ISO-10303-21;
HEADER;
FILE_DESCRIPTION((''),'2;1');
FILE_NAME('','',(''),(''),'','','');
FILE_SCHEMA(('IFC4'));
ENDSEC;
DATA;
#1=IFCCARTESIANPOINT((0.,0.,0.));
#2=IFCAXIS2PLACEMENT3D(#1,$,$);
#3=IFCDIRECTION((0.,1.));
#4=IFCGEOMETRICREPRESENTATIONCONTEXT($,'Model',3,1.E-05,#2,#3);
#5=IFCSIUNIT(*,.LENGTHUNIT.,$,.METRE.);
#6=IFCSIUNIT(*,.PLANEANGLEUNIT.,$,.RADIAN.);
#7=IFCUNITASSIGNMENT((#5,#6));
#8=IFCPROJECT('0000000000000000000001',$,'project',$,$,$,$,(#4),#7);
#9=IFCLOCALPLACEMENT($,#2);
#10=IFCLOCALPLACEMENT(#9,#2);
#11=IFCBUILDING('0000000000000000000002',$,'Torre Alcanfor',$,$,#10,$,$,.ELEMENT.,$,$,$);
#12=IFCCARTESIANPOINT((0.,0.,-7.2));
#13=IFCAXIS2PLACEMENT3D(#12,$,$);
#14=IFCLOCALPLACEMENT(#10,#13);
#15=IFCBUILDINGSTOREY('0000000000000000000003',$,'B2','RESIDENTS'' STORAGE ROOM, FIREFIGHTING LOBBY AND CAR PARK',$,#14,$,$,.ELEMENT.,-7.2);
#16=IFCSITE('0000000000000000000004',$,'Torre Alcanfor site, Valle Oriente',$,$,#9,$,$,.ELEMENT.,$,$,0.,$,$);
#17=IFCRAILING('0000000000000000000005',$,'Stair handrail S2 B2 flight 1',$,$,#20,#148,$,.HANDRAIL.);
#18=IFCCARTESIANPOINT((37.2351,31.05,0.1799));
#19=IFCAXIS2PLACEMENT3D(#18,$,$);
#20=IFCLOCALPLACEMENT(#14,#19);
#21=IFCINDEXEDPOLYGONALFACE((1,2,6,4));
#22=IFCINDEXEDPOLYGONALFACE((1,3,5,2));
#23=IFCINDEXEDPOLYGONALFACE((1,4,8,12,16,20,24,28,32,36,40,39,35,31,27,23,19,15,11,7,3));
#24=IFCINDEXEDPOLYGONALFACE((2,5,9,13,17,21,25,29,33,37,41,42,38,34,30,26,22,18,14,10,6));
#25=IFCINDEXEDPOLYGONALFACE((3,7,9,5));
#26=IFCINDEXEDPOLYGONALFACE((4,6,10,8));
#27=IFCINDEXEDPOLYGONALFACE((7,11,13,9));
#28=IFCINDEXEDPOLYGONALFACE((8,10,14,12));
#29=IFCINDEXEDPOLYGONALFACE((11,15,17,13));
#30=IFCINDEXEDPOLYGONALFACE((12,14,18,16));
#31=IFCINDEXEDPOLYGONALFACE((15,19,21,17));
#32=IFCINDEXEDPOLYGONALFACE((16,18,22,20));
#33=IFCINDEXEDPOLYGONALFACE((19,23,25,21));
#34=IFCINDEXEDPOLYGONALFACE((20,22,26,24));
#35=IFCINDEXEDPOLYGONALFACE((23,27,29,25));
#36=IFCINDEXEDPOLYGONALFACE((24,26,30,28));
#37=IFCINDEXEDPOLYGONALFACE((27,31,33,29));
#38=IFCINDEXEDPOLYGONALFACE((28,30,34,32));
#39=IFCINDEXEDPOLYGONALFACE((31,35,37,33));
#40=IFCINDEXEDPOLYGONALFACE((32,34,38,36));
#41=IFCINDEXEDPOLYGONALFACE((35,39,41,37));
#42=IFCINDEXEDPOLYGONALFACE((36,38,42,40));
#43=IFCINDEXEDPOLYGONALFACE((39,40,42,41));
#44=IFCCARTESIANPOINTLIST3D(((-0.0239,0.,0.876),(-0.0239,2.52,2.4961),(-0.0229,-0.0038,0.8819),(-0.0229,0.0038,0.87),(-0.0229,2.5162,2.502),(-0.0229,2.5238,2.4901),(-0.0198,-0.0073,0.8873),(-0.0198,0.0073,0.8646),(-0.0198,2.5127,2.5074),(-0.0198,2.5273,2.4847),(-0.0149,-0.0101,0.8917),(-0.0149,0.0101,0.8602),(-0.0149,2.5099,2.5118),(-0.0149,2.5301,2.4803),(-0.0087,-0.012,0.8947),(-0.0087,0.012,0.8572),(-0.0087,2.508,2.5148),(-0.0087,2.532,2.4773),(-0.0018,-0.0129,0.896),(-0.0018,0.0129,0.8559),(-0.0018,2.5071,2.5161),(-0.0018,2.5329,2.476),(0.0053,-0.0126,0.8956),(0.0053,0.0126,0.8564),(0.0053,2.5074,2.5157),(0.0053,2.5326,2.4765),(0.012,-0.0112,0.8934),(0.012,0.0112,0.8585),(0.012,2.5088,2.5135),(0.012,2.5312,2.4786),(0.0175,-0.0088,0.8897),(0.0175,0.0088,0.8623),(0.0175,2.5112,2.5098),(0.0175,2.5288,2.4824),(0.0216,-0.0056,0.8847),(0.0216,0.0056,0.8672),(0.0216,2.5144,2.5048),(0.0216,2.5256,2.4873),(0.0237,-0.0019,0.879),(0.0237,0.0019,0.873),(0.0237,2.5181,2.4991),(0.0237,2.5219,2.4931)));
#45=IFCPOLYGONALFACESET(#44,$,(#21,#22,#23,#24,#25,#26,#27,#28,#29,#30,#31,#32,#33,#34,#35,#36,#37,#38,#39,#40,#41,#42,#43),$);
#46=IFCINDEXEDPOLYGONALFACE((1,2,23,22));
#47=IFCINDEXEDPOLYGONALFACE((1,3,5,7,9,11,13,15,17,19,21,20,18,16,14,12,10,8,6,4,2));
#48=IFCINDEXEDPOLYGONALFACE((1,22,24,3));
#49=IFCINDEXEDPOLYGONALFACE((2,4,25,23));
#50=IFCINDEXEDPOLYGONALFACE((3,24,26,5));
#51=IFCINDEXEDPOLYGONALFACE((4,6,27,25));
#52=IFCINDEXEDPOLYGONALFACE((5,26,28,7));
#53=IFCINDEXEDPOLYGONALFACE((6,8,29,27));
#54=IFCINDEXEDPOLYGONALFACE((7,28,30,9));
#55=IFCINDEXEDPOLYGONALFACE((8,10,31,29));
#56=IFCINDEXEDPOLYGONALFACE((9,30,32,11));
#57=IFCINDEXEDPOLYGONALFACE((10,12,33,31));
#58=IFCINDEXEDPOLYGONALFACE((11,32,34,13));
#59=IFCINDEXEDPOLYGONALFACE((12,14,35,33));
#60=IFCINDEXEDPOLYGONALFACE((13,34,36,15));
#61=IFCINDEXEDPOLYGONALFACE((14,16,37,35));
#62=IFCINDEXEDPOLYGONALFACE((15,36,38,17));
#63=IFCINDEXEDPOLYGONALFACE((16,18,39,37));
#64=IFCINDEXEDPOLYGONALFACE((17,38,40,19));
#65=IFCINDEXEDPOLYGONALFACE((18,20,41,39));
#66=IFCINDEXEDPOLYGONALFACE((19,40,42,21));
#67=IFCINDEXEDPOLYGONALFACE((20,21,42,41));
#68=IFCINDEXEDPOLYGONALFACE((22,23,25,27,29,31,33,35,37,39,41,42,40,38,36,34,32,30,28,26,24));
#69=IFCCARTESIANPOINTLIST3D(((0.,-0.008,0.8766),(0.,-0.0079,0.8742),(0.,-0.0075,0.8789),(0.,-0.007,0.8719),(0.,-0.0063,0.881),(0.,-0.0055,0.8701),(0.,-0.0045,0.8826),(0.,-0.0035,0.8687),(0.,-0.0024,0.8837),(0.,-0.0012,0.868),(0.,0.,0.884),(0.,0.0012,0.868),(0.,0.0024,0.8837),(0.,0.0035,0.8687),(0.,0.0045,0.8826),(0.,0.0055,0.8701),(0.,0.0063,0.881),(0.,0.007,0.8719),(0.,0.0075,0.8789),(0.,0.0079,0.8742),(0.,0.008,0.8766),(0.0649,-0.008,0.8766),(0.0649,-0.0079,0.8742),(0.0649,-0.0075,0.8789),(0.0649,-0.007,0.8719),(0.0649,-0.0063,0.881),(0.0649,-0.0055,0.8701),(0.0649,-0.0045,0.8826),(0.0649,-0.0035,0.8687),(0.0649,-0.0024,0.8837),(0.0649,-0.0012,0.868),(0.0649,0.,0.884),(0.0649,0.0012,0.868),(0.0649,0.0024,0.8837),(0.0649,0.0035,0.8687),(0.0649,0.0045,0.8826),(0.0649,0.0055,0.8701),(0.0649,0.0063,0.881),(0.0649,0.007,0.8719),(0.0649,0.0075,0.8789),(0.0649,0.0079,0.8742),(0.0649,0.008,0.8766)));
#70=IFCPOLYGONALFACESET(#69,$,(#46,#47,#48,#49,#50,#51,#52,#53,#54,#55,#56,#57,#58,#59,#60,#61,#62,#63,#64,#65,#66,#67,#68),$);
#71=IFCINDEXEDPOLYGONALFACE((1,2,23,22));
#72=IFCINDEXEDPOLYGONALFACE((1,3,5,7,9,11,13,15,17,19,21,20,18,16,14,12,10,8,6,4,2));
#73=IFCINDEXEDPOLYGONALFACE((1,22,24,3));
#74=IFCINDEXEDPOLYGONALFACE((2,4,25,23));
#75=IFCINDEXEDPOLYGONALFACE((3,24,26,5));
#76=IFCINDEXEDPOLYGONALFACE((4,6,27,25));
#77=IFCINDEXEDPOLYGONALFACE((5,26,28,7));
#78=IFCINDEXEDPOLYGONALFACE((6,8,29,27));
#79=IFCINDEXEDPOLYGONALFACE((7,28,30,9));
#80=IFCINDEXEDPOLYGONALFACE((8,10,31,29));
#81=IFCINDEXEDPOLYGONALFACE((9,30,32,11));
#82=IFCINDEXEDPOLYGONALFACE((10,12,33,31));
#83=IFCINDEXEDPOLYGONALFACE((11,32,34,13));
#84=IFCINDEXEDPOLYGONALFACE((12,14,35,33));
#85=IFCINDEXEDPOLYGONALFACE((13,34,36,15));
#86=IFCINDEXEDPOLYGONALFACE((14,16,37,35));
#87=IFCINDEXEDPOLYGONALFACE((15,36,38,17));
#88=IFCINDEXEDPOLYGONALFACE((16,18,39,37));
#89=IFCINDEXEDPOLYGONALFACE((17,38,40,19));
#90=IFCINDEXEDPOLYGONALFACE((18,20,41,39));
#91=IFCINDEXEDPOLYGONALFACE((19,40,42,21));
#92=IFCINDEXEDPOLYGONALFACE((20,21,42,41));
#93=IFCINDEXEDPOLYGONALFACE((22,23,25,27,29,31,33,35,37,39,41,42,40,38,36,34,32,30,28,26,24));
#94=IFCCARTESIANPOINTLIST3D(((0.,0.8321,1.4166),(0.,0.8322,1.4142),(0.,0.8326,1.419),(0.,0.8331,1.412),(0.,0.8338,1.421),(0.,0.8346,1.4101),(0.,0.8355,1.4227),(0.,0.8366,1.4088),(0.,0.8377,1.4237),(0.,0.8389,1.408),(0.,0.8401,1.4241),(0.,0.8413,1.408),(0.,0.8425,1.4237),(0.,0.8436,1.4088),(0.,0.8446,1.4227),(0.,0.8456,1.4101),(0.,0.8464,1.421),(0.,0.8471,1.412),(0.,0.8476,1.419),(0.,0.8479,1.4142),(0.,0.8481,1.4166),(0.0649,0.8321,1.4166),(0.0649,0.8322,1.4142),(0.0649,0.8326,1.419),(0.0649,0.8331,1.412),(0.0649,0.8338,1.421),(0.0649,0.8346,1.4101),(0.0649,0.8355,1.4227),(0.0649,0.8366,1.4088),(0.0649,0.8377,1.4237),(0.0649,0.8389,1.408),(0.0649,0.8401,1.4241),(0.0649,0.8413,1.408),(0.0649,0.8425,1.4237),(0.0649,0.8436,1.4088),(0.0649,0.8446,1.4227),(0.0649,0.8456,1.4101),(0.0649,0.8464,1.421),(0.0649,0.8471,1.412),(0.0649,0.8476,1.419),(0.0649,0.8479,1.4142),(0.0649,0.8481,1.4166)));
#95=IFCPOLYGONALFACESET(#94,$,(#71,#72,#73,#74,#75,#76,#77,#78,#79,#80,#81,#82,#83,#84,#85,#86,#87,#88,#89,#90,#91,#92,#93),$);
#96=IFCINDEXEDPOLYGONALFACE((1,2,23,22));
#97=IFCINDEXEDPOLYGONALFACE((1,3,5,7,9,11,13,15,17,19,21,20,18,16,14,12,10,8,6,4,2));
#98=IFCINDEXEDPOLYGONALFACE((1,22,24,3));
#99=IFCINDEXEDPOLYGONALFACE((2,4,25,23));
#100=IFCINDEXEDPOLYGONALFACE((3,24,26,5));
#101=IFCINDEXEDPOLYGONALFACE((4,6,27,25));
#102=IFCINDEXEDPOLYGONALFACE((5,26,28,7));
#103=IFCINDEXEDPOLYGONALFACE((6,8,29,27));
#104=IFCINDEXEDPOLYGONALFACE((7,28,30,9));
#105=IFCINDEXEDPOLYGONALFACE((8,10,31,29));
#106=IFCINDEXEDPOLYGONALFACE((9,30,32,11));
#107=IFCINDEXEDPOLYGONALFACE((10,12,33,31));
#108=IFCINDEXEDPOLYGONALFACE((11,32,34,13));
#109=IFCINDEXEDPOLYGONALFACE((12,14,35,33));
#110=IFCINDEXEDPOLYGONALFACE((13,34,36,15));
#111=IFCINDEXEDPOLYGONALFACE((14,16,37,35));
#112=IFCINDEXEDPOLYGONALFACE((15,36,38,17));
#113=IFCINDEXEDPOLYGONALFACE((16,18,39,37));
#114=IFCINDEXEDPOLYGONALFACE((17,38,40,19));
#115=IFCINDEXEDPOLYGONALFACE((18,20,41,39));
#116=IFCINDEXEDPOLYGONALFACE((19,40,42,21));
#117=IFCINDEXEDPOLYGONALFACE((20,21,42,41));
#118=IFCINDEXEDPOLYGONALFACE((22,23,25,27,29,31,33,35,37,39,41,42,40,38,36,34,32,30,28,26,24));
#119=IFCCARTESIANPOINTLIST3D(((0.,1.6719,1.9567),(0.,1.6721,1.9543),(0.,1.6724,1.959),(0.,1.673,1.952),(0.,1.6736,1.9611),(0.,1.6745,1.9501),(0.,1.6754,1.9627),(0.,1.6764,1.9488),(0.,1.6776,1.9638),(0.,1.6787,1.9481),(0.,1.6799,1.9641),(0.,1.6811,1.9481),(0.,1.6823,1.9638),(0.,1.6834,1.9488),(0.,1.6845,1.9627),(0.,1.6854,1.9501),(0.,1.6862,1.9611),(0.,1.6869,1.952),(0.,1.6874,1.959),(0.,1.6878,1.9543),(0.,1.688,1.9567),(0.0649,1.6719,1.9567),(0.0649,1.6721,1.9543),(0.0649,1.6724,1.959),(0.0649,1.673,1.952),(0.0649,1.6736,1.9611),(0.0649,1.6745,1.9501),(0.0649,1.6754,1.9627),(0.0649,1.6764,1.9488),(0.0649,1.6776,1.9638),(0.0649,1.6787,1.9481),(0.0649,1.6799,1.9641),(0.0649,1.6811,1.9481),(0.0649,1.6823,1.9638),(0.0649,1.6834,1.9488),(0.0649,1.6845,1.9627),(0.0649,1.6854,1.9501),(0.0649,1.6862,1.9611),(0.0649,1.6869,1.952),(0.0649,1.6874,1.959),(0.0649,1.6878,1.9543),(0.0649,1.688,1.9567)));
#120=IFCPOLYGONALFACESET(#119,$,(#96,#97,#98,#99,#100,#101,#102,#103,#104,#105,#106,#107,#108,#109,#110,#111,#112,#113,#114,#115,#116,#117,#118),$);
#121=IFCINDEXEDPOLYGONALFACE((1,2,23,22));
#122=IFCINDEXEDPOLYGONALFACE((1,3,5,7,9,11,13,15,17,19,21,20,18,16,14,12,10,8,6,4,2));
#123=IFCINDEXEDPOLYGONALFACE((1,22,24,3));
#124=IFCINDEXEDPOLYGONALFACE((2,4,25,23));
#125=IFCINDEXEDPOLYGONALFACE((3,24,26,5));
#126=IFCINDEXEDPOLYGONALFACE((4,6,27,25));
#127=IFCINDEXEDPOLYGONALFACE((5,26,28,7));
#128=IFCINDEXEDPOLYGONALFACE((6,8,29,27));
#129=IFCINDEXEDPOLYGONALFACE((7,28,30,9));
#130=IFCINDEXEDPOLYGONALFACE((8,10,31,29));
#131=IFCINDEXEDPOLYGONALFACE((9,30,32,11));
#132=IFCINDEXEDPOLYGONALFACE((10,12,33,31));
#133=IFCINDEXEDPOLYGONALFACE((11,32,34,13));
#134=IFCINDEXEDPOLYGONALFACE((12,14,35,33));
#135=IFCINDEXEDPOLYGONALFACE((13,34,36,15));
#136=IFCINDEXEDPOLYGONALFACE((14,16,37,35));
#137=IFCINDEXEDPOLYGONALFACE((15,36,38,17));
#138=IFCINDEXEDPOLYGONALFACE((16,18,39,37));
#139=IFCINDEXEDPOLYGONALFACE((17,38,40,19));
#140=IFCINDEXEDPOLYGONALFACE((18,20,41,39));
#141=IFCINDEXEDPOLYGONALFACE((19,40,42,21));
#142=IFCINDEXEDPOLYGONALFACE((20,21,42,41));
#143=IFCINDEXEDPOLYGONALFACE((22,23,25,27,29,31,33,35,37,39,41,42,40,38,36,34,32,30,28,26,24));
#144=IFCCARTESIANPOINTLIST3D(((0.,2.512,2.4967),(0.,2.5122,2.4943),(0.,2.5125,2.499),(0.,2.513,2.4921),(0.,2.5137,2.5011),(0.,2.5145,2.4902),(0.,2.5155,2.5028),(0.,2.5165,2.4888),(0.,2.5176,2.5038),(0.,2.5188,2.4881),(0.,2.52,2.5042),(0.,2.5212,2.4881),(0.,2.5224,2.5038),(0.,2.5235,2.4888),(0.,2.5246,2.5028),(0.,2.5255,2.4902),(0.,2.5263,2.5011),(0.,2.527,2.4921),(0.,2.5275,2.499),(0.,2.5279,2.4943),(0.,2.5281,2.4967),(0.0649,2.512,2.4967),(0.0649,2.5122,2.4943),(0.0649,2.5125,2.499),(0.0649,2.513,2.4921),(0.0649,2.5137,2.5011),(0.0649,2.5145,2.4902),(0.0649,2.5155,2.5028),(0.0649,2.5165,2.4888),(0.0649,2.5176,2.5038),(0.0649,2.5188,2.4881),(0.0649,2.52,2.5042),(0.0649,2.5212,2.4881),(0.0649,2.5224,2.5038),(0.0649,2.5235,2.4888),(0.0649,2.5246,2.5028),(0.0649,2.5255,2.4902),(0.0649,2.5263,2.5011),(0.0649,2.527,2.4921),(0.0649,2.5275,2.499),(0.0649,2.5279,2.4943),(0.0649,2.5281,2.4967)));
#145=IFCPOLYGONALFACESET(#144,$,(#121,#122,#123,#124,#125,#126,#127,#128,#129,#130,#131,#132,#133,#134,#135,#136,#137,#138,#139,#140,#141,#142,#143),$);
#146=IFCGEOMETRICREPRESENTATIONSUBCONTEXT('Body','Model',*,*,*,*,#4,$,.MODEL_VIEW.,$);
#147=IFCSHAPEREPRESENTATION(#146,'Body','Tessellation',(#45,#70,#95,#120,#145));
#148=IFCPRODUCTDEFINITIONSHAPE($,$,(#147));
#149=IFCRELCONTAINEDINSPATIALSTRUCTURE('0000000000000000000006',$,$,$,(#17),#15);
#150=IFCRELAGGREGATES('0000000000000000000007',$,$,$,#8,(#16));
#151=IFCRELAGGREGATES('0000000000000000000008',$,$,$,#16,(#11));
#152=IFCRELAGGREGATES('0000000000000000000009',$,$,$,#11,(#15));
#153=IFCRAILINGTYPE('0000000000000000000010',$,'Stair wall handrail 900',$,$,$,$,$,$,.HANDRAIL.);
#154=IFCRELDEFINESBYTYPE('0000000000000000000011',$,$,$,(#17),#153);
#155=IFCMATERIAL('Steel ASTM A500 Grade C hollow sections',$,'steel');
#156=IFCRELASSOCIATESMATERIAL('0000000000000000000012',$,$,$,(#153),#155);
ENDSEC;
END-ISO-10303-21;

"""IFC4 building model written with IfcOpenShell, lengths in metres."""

from ifc_helpers import new_model, si_unit, direction, frame, origin, origin_2d, place, context, subcontext, project, spatial, circle, extrude, material, type_object, element, save


model = new_model("IFC4")

# Units and contexts
model_context = context("Model", 3, precision=1e-05, world=origin(), true_north=direction((0.0, 1.0)))
body_context = subcontext(model_context, "Body", "Model", "MODEL_VIEW")
ifc_project = project(units=[si_unit("LENGTHUNIT", "METRE"), si_unit("PLANEANGLEUNIT", "RADIAN")], contexts=[model_context])

# Site, building, storey
site_placement = place(None, origin())
site = spatial("IfcSite", under=ifc_project, at=site_placement, Name="Torre Alcanfor site, Valle Oriente", CompositionType="ELEMENT", RefElevation=0.0)
building_placement = place(site_placement, origin())
building = spatial("IfcBuilding", under=site, at=building_placement, Name="Torre Alcanfor", CompositionType="ELEMENT")
storey_placement = place(building_placement, frame((0.0, 0.0, -7.2)))
storey = spatial("IfcBuildingStorey", under=building, at=storey_placement, Name="B2", Description="RESIDENTS' STORAGE ROOM, FIREFIGHTING LOBBY AND CAR PARK", CompositionType="ELEMENT", Elevation=-7.2)

# Railing
ifc_material_1 = material(Name="Steel ASTM A500 Grade C hollow sections", Category="steel")
railing_type_1 = type_object("IfcRailingType", Name="Stair wall handrail 900", PredefinedType="HANDRAIL", material=ifc_material_1)
railing_1_placement = place(storey_placement, frame((37.2351, 31.05, 0.1799)))
element("IfcRailing", 1, at=railing_1_placement, inside=storey, type_object=railing_type_1, Name="Stair handrail S2 B2 flight 1", PredefinedType="HANDRAIL", context=body_context, shape_type="SweptSolid", body=[
    extrude(circle(Radius=0.0239, at=origin_2d()), frame((0.0, 0.0, 0.876), z_axis=(0.0, 0.841163, 0.540782), x_axis=(-1.0, 0.0, 0.0)), (0.0, 0.0, 1.0), 2.9958),
    extrude(circle(Radius=0.0081, at=origin_2d()), frame((0.0, 0.0, 0.876), z_axis=(1.0, 0.0, 0.0), x_axis=(0.0, 0.0, 1.0)), (0.0, 0.0, 1.0), 0.0649),
    extrude(circle(Radius=0.0081, at=origin_2d()), frame((0.0, 0.8401, 1.416), z_axis=(1.0, 0.0, 0.0), x_axis=(0.0, 0.0, 1.0)), (0.0, 0.0, 1.0), 0.0649),
    extrude(circle(Radius=0.0081, at=origin_2d()), frame((0.0, 1.6799, 1.9561), z_axis=(1.0, 0.0, 0.0), x_axis=(0.0, 0.0, 1.0)), (0.0, 0.0, 1.0), 0.0649),
    extrude(circle(Radius=0.0081, at=origin_2d()), frame((0.0, 2.52, 2.4961), z_axis=(1.0, 0.0, 0.0), x_axis=(0.0, 0.0, 1.0)), (0.0, 0.0, 1.0), 0.0649),
])

save(model, "model.ifc")
